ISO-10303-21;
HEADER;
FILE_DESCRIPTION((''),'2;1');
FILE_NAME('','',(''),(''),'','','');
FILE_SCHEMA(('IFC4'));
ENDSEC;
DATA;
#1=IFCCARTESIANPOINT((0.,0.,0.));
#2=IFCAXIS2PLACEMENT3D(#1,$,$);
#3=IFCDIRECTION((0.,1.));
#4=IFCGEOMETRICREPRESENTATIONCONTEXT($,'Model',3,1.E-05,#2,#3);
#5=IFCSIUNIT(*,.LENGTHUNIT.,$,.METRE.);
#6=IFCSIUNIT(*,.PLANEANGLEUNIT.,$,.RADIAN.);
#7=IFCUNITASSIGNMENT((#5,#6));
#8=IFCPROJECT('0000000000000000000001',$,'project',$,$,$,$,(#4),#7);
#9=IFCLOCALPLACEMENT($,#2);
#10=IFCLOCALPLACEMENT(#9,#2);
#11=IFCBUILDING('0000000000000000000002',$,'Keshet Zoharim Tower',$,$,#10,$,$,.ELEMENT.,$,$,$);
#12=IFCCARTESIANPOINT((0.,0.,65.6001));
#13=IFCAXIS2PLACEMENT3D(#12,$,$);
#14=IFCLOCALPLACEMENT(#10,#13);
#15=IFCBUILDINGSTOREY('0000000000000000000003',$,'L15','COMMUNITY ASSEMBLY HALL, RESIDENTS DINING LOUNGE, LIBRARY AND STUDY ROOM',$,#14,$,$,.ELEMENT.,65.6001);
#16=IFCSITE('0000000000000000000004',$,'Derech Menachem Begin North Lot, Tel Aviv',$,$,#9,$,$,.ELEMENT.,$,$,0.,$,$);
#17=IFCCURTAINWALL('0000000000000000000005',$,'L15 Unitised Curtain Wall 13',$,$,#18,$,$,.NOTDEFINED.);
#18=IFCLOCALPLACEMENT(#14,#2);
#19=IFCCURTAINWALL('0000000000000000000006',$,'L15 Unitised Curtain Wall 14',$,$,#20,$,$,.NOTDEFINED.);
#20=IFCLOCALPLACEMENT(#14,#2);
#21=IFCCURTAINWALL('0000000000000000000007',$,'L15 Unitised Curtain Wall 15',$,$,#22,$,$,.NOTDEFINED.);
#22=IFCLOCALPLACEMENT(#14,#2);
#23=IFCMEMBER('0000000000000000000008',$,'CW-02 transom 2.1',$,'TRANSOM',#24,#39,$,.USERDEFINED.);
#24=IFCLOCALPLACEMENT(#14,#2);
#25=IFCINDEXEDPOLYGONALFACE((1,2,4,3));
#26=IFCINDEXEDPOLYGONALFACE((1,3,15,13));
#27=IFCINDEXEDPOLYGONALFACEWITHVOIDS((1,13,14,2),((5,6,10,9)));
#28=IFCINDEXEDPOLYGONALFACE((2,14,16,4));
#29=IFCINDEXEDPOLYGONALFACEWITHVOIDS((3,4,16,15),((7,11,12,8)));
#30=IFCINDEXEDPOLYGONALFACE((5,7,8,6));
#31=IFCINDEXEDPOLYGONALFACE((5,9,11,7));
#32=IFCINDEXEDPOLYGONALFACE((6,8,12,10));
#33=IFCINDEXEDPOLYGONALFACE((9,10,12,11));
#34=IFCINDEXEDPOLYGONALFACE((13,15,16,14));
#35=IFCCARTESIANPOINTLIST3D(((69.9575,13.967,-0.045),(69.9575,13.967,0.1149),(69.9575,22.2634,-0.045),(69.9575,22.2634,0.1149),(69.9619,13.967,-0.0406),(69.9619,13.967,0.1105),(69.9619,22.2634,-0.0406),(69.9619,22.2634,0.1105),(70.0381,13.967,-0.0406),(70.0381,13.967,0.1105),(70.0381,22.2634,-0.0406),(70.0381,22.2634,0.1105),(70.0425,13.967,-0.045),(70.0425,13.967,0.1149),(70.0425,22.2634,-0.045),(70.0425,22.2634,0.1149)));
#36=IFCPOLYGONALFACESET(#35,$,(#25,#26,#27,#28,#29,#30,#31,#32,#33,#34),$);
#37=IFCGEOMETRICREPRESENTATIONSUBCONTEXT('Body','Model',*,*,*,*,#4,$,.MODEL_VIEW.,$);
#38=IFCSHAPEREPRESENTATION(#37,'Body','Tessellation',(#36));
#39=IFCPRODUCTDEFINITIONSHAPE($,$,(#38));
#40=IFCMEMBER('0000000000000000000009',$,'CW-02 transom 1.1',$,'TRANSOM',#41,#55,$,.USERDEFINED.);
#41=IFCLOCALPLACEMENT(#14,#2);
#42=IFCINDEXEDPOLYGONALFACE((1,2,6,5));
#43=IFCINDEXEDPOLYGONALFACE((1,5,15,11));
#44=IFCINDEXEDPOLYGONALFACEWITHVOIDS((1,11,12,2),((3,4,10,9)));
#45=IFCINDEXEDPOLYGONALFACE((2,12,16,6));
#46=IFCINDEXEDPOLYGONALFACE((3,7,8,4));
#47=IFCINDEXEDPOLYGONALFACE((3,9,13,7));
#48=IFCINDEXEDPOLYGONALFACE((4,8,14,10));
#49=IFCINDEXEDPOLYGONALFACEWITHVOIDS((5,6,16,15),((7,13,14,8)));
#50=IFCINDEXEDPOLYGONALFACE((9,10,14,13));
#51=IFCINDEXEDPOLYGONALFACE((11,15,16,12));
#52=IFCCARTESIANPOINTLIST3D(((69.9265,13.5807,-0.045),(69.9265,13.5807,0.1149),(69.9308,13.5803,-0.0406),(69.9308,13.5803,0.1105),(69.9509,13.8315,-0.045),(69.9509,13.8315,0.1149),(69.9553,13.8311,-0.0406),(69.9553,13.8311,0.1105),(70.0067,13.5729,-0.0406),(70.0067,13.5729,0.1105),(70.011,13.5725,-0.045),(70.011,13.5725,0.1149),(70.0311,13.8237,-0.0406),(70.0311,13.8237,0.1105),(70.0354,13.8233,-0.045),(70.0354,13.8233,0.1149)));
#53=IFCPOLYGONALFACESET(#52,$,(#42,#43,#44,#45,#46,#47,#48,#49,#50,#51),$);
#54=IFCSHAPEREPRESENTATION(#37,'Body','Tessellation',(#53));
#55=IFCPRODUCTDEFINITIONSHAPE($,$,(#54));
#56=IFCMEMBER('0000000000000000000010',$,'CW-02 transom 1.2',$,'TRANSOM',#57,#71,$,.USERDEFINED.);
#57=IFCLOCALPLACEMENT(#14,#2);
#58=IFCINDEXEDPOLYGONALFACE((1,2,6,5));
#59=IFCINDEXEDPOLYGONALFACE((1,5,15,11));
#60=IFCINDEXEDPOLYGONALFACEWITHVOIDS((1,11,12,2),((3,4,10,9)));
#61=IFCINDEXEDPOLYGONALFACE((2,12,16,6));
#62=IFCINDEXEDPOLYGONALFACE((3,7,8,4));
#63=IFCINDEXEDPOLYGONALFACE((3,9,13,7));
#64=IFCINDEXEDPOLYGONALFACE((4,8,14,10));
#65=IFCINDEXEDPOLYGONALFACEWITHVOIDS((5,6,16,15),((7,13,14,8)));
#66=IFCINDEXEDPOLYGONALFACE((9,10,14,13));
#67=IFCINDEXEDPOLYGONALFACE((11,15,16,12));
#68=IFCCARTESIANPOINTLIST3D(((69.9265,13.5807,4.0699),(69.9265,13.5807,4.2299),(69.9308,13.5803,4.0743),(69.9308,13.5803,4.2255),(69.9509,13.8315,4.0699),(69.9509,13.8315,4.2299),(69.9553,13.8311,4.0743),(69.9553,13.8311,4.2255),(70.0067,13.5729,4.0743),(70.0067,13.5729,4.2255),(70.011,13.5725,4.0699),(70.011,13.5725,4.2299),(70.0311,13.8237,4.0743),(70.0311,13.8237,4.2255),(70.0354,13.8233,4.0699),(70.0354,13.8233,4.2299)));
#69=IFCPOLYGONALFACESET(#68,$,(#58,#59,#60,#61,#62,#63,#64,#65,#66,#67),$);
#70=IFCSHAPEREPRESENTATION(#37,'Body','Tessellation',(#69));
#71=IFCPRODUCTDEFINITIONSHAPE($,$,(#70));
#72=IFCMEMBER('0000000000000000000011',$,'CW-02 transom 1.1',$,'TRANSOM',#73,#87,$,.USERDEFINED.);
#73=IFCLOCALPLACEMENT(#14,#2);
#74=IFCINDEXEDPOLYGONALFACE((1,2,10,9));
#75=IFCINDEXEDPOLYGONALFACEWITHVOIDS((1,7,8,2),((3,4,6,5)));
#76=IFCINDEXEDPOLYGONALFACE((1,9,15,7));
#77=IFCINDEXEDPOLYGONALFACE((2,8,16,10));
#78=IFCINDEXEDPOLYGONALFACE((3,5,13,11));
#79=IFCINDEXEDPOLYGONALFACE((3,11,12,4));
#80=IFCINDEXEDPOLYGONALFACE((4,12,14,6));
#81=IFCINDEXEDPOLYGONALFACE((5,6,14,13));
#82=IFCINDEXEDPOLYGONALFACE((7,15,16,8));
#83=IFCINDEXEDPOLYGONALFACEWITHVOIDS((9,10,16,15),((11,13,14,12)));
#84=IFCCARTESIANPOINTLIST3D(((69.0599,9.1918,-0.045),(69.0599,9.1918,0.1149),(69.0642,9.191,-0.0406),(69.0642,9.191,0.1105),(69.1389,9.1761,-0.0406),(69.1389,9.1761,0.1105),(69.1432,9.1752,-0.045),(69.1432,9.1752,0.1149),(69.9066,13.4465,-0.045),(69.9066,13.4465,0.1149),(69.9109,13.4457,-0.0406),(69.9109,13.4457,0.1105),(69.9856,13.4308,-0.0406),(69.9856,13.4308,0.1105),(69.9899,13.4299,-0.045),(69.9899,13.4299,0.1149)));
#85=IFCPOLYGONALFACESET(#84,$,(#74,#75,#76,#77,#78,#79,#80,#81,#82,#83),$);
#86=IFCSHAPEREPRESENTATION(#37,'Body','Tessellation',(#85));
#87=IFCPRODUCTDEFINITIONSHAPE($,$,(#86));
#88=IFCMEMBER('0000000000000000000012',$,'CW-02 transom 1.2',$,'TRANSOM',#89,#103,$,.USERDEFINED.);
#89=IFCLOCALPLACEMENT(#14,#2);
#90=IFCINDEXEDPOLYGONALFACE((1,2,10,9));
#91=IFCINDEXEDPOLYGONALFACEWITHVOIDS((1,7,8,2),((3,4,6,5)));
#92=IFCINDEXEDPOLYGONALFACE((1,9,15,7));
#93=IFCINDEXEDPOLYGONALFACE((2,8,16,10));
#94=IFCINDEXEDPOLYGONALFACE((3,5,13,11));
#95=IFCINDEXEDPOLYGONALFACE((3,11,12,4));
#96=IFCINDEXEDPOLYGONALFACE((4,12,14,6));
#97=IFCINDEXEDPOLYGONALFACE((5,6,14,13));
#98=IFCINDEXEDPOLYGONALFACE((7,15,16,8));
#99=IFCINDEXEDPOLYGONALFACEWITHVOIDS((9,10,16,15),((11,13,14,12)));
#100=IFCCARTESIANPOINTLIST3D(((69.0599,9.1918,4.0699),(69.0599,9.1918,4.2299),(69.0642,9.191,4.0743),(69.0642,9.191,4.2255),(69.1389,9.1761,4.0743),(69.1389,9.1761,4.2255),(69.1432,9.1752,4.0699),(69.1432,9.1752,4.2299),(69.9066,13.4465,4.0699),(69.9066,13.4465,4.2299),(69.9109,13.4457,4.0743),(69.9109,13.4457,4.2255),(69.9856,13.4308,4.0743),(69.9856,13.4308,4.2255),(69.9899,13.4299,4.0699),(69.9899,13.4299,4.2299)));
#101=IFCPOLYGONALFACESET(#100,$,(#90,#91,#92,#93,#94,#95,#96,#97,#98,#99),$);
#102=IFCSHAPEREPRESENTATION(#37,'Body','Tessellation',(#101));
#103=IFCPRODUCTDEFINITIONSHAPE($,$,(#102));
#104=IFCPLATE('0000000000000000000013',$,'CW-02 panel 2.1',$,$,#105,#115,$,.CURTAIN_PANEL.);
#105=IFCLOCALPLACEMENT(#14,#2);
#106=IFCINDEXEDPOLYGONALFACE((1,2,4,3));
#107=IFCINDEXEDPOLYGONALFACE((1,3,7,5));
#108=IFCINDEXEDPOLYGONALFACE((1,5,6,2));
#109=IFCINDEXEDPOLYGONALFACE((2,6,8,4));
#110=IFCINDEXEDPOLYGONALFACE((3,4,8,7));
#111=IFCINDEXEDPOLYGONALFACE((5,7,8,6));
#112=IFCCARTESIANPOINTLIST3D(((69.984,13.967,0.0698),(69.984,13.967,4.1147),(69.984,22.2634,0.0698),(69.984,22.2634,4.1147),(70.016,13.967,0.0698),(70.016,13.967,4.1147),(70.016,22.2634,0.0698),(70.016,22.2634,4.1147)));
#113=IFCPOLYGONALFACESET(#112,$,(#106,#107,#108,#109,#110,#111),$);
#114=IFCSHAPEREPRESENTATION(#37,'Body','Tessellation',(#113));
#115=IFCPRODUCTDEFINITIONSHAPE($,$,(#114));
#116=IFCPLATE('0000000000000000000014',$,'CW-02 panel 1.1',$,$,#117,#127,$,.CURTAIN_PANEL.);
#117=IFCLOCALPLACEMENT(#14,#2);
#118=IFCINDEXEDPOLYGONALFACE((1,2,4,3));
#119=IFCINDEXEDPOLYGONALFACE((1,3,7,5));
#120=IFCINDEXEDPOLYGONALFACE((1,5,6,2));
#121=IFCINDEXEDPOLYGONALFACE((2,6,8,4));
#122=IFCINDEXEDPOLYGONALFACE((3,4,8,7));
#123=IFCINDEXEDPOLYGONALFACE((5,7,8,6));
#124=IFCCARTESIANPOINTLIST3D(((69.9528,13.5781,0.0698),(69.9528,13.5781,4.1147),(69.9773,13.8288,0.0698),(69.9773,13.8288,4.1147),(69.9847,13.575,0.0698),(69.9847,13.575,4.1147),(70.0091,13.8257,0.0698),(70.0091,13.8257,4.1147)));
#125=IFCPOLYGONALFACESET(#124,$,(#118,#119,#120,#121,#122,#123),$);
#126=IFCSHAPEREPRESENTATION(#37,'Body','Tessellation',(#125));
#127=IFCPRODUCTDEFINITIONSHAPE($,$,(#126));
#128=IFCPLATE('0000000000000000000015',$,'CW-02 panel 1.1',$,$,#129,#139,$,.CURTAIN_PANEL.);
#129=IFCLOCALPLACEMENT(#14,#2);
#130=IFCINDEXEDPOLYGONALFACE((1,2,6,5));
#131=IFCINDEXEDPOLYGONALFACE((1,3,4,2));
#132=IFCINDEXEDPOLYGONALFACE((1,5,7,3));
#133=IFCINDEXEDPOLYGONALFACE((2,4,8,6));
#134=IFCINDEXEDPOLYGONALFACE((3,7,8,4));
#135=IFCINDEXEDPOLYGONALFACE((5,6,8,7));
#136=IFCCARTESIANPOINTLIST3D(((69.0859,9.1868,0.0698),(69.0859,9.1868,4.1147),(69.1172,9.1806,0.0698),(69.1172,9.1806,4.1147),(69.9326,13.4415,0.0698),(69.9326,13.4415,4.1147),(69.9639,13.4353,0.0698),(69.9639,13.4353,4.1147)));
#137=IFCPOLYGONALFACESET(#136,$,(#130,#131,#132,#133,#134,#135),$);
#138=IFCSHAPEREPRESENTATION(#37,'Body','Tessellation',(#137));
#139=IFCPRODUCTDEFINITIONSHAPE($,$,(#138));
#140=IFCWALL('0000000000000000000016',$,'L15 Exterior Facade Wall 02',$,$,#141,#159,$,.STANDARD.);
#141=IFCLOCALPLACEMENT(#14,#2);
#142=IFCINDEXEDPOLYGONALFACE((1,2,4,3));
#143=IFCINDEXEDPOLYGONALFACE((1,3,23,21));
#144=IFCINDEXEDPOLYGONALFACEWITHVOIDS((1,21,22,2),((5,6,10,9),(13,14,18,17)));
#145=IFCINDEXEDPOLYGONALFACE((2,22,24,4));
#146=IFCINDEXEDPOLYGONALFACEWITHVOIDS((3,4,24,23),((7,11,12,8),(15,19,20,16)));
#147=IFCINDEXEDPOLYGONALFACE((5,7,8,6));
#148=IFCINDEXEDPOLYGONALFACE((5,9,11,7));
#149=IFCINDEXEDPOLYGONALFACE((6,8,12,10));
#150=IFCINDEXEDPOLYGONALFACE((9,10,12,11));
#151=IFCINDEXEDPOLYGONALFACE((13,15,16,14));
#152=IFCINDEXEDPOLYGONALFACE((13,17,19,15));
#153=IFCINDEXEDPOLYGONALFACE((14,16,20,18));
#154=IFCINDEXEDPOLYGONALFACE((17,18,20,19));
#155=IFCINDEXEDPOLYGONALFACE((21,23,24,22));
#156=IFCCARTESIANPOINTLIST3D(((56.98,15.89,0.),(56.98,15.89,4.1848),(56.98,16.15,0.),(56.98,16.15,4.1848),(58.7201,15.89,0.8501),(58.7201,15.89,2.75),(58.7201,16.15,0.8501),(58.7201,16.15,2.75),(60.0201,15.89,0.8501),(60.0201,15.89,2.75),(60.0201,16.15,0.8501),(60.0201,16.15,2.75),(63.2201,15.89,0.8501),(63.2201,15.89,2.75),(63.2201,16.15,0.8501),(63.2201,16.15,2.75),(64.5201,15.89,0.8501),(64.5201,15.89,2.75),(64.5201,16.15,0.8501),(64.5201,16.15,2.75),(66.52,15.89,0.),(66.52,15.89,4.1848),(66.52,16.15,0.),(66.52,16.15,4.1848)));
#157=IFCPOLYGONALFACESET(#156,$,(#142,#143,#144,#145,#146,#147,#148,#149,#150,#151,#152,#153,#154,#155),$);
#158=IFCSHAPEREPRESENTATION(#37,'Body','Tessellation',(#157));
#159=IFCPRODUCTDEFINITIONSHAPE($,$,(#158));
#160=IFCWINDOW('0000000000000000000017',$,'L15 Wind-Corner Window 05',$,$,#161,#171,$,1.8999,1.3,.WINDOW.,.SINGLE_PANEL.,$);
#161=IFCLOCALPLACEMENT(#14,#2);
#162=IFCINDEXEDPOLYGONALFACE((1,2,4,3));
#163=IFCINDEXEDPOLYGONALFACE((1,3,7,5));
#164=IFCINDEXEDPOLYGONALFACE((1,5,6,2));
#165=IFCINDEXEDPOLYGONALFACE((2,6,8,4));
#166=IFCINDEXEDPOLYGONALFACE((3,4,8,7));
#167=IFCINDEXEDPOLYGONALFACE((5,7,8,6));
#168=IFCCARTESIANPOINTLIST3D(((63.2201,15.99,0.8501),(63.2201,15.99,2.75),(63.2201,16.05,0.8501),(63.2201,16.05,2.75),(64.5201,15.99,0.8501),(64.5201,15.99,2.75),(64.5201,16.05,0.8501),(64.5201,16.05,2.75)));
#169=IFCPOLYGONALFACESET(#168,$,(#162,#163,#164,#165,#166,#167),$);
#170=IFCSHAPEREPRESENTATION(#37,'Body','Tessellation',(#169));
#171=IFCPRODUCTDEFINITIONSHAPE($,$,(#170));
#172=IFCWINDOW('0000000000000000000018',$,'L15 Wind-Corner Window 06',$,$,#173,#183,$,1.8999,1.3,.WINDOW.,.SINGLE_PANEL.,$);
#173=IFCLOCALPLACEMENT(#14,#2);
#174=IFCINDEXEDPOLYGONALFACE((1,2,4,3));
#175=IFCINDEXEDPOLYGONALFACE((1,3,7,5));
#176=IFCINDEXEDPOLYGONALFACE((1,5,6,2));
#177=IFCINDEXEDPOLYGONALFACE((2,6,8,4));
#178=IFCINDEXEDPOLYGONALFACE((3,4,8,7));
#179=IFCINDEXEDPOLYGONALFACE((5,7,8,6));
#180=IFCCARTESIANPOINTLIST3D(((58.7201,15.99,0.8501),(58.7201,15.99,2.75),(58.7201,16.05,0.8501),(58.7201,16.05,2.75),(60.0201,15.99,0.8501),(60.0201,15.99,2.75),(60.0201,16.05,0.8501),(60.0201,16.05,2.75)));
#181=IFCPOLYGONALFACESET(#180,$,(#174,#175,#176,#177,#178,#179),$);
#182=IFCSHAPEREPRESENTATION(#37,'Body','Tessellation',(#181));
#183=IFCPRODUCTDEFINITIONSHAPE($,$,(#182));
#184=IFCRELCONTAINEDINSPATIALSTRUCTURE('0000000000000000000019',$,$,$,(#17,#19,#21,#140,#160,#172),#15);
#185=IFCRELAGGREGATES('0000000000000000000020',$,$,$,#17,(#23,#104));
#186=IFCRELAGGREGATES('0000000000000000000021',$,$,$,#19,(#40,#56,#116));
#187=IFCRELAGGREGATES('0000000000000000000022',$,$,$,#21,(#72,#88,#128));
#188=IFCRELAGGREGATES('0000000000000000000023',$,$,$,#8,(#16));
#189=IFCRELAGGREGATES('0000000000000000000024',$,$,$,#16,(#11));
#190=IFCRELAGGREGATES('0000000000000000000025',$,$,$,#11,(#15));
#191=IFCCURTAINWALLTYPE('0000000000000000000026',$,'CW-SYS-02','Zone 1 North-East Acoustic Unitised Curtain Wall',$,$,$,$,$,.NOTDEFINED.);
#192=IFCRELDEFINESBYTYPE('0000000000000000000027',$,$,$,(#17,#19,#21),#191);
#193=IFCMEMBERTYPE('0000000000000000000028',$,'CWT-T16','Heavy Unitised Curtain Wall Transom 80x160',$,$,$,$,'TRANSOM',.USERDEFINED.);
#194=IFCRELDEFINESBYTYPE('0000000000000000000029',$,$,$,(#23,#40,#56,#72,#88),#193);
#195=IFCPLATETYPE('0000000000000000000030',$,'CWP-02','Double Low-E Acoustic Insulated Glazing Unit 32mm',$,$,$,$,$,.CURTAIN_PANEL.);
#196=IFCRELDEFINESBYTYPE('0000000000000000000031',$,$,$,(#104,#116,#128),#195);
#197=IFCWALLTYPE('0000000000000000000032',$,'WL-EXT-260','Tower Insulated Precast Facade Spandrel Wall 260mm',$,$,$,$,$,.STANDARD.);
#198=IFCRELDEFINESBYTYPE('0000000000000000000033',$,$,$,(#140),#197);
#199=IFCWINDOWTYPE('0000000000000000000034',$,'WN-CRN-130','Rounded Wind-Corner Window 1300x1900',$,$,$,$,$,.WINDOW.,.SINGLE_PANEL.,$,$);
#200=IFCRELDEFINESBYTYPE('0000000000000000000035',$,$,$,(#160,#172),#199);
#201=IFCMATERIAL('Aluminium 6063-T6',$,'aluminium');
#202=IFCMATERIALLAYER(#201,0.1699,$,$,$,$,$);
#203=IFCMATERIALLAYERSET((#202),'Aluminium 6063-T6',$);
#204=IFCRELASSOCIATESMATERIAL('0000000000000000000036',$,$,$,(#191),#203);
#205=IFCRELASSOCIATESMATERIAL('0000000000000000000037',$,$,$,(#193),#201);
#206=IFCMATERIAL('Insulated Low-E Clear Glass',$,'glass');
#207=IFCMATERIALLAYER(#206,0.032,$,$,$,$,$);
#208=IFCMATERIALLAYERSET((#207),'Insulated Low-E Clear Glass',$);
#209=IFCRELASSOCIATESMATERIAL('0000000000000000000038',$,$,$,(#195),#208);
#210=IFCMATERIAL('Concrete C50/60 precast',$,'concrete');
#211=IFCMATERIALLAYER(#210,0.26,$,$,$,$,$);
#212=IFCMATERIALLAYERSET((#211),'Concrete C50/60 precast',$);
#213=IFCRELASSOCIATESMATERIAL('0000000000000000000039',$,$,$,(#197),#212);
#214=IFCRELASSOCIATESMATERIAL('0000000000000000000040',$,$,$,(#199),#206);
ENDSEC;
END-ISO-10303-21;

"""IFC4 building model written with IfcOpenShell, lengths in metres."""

from ifc_helpers import new_model, si_unit, direction, frame, frame_2d, origin, origin_2d, place, context, subcontext, project, spatial, rectangle, hollow_rectangle, extrude, material, layer, layer_set, material_profile, profile_set, type_object, element, fill, aggregate, save


model = new_model("IFC4")

# Units and contexts
model_context = context("Model", 3, precision=1e-05, world=origin(), true_north=direction((0.0, 1.0)))
body_context = subcontext(model_context, "Body", "Model", "MODEL_VIEW")
ifc_project = project(units=[si_unit("LENGTHUNIT", "METRE"), si_unit("PLANEANGLEUNIT", "RADIAN")], contexts=[model_context])

# Site, building, storey
site_placement = place(None, origin())
site = spatial("IfcSite", under=ifc_project, at=site_placement, Name="Derech Menachem Begin North Lot, Tel Aviv", CompositionType="ELEMENT", RefElevation=0.0)
building_placement = place(site_placement, origin())
building = spatial("IfcBuilding", under=site, at=building_placement, Name="Keshet Zoharim Tower", CompositionType="ELEMENT")
storey_placement = place(building_placement, frame((0.0, 0.0, 65.6001)))
storey = spatial("IfcBuildingStorey", under=building, at=storey_placement, Name="L15", Description="COMMUNITY ASSEMBLY HALL, RESIDENTS DINING LOUNGE, LIBRARY AND STUDY ROOM", CompositionType="ELEMENT", Elevation=65.6001)

# Curtain wall
ifc_material_1 = material(Name="Aluminium 6063-T6", Category="aluminium")
ifc_layer_1 = layer(ifc_material_1, 0.1699)
ifc_layer_set_1 = layer_set([ifc_layer_1], Name="Aluminium 6063-T6")
curtain_wall_type = type_object("IfcCurtainWallType", Name="CW-SYS-02", Description="Zone 1 North-East Acoustic Unitised Curtain Wall", PredefinedType="NOTDEFINED", material=ifc_layer_set_1)
curtain_wall_1_placement = place(storey_placement, origin())
curtain_wall_1 = element("IfcCurtainWall", 1, at=curtain_wall_1_placement, inside=storey, type_object=curtain_wall_type, Name="L15 Unitised Curtain Wall 13", PredefinedType="NOTDEFINED")

# Curtain walls
curtain_wall_2_placement = place(storey_placement, origin())
curtain_wall_2 = element("IfcCurtainWall", 2, at=curtain_wall_2_placement, inside=storey, type_object=curtain_wall_type, Name="L15 Unitised Curtain Wall 14", PredefinedType="NOTDEFINED")
curtain_wall_3_placement = place(storey_placement, origin())
curtain_wall_3 = element("IfcCurtainWall", 3, at=curtain_wall_3_placement, inside=storey, type_object=curtain_wall_type, Name="L15 Unitised Curtain Wall 15", PredefinedType="NOTDEFINED")

# Members
ifc_material_profile_1 = material_profile(ifc_material_1, hollow_rectangle(XDim=0.085, YDim=0.1599, WallThickness=0.0044, at=origin_2d()), Name="TRN-85x160")
ifc_profile_set_1 = profile_set([ifc_material_profile_1], Name="Aluminium 6063-T6")
member_type_1 = type_object("IfcMemberType", Name="CWT-T16", Description="Heavy Unitised Curtain Wall Transom 80x160", ElementType="TRANSOM", PredefinedType="USERDEFINED", material=ifc_profile_set_1)
member_1_placement = place(storey_placement, frame((70.0, 22.2634, 0.0349), z_axis=(0.0, -1.0, 0.0), x_axis=(1.0, 0.0, 0.0)))
member_1 = element("IfcMember", 4, at=member_1_placement, type_object=member_type_1, Name="CW-02 transom 2.1", ObjectType="TRANSOM", PredefinedType="USERDEFINED", context=body_context, shape_type="SweptSolid", body=[
    extrude(hollow_rectangle(XDim=0.085, YDim=0.1599, WallThickness=0.0044, at=origin_2d()), origin(), (0.0, 0.0, 1.0), 8.2964),
])
member_2_placement = place(storey_placement, frame((69.9932, 13.8274, 0.0349), z_axis=(-0.096913, -0.995293, 0.0), x_axis=(0.995293, -0.096913, 0.0)))
member_2 = element("IfcMember", 5, at=member_2_placement, type_object=member_type_1, Name="CW-02 transom 1.1", ObjectType="TRANSOM", PredefinedType="USERDEFINED", context=body_context, shape_type="SweptSolid", body=[
    extrude(hollow_rectangle(XDim=0.085, YDim=0.1599, WallThickness=0.0044, at=origin_2d()), origin(), (0.0, 0.0, 1.0), 0.252),
])
member_3_placement = place(storey_placement, frame((69.9932, 13.8274, 4.1499), z_axis=(-0.096913, -0.995293, 0.0), x_axis=(0.995293, -0.096913, 0.0)))
member_3 = element("IfcMember", 6, at=member_3_placement, type_object=member_type_1, Name="CW-02 transom 1.2", ObjectType="TRANSOM", PredefinedType="USERDEFINED", context=body_context, shape_type="SweptSolid", body=[
    extrude(hollow_rectangle(XDim=0.085, YDim=0.1599, WallThickness=0.0044, at=origin_2d()), origin(), (0.0, 0.0, 1.0), 0.252),
])
member_4_placement = place(storey_placement, frame((69.9482, 13.4382, 0.0349), z_axis=(-0.195174, -0.980769, 0.0), x_axis=(0.980769, -0.195174, 0.0)))
member_4 = element("IfcMember", 7, at=member_4_placement, type_object=member_type_1, Name="CW-02 transom 1.1", ObjectType="TRANSOM", PredefinedType="USERDEFINED", context=body_context, shape_type="SweptSolid", body=[
    extrude(hollow_rectangle(XDim=0.085, YDim=0.1599, WallThickness=0.0044, at=origin_2d()), origin(), (0.0, 0.0, 1.0), 4.3381),
])
member_5_placement = place(storey_placement, frame((69.9482, 13.4382, 4.1499), z_axis=(-0.195174, -0.980769, 0.0), x_axis=(0.980769, -0.195174, 0.0)))
member_5 = element("IfcMember", 8, at=member_5_placement, type_object=member_type_1, Name="CW-02 transom 1.2", ObjectType="TRANSOM", PredefinedType="USERDEFINED", context=body_context, shape_type="SweptSolid", body=[
    extrude(hollow_rectangle(XDim=0.085, YDim=0.1599, WallThickness=0.0044, at=origin_2d()), origin(), (0.0, 0.0, 1.0), 4.3381),
])

# Plates
ifc_material_2 = material(Name="Insulated Low-E Clear Glass", Category="glass")
ifc_layer_2 = layer(ifc_material_2, 0.032)
ifc_layer_set_2 = layer_set([ifc_layer_2], Name="Insulated Low-E Clear Glass")
plate_type = type_object("IfcPlateType", Name="CWP-02", Description="Double Low-E Acoustic Insulated Glazing Unit 32mm", PredefinedType="CURTAIN_PANEL", material=ifc_layer_set_2)
plate_1_placement = place(storey_placement, frame((70.0, 18.1152, 0.0698), z_axis=(0.0, 0.0, 1.0), x_axis=(0.0, -1.0, 0.0)))
plate_1 = element("IfcPlate", 9, at=plate_1_placement, type_object=plate_type, Name="CW-02 panel 2.1", PredefinedType="CURTAIN_PANEL", context=body_context, shape_type="SweptSolid", body=[
    extrude(rectangle(XDim=8.2964, YDim=0.032, at=origin_2d()), origin(), (0.0, 0.0, 1.0), 4.0449),
])
aggregate(curtain_wall_1, [member_1, plate_1])
plate_2_placement = place(storey_placement, frame((69.981, 13.7019, 0.0698), z_axis=(0.0, 0.0, 1.0), x_axis=(-0.096977, -0.995287, 0.0)))
plate_2 = element("IfcPlate", 10, at=plate_2_placement, type_object=plate_type, Name="CW-02 panel 1.1", PredefinedType="CURTAIN_PANEL", context=body_context, shape_type="SweptSolid", body=[
    extrude(rectangle(XDim=0.252, YDim=0.032, at=origin_2d()), origin(), (0.0, 0.0, 1.0), 4.0449),
])
aggregate(curtain_wall_2, [member_2, member_3, plate_2])
plate_3_placement = place(storey_placement, frame((69.5249, 11.311, 0.0698), z_axis=(0.0, 0.0, 1.0), x_axis=(-0.195171, -0.980769, 0.0)))
plate_3 = element("IfcPlate", 11, at=plate_3_placement, type_object=plate_type, Name="CW-02 panel 1.1", PredefinedType="CURTAIN_PANEL", context=body_context, shape_type="SweptSolid", body=[
    extrude(rectangle(XDim=4.3381, YDim=0.032, at=origin_2d()), origin(), (0.0, 0.0, 1.0), 4.0449),
])
aggregate(curtain_wall_3, [member_4, member_5, plate_3])

# Wall, openings, windows
ifc_material_3 = material(Name="Concrete C50/60 precast", Category="concrete")
ifc_layer_3 = layer(ifc_material_3, 0.26)
ifc_layer_set_3 = layer_set([ifc_layer_3], Name="Concrete C50/60 precast")
wall_type = type_object("IfcWallType", Name="WL-EXT-260", Description="Tower Insulated Precast Facade Spandrel Wall 260mm", PredefinedType="STANDARD", material=ifc_layer_set_3)
wall_placement = place(storey_placement, frame((66.52, 16.02, 0.0), z_axis=(0.0, 0.0, 1.0), x_axis=(-1.0, 0.0, 0.0)))
wall = element("IfcWall", 12, at=wall_placement, inside=storey, type_object=wall_type, Name="L15 Exterior Facade Wall 02", PredefinedType="STANDARD", context=body_context, shape_type="SweptSolid", body=[
    extrude(rectangle(XDim=9.54, YDim=0.26, at=frame_2d((4.77, 0.0))), origin(), (0.0, 0.0, 1.0), 4.1848),
])
opening_1_placement = place(wall_placement, frame((2.0, 0.0, 0.8501)))
opening_1 = element("IfcOpeningElement", 13, at=opening_1_placement, cuts=wall, PredefinedType="OPENING", context=body_context, shape_type="SweptSolid", body=[
    extrude(rectangle(XDim=1.3, YDim=1.8999, at=frame_2d((0.6499, 0.95))), frame((0.0, 0.1401, 0.0), z_axis=(0.0, -1.0, 0.0), x_axis=(1.0, 0.0, 0.0)), (0.0, 0.0, 1.0), 0.28),
])
opening_2_placement = place(wall_placement, frame((6.5, 0.0, 0.8501)))
opening_2 = element("IfcOpeningElement", 14, at=opening_2_placement, cuts=wall, PredefinedType="OPENING", context=body_context, shape_type="SweptSolid", body=[
    extrude(rectangle(XDim=1.3, YDim=1.8999, at=frame_2d((0.6499, 0.95))), frame((0.0, 0.1401, 0.0), z_axis=(0.0, -1.0, 0.0), x_axis=(1.0, 0.0, 0.0)), (0.0, 0.0, 1.0), 0.28),
])
window_type = type_object("IfcWindowType", Name="WN-CRN-130", Description="Rounded Wind-Corner Window 1300x1900", PartitioningType="SINGLE_PANEL", PredefinedType="WINDOW", material=ifc_material_2)
window_1_placement = place(opening_1_placement, origin())
window_1 = element("IfcWindow", 15, at=window_1_placement, inside=storey, type_object=window_type, Name="L15 Wind-Corner Window 05", OverallHeight=1.8999, OverallWidth=1.3, PartitioningType="SINGLE_PANEL", PredefinedType="WINDOW", context=body_context, shape_type="SweptSolid", body=[
    extrude(rectangle(XDim=1.3, YDim=1.8999, at=frame_2d((0.6499, 0.95))), frame((0.0, 0.03, 0.0), z_axis=(0.0, -1.0, 0.0), x_axis=(1.0, 0.0, 0.0)), (0.0, 0.0, 1.0), 0.0601),
])
fill(opening_1, window_1)
window_2_placement = place(opening_2_placement, origin())
window_2 = element("IfcWindow", 16, at=window_2_placement, inside=storey, type_object=window_type, Name="L15 Wind-Corner Window 06", OverallHeight=1.8999, OverallWidth=1.3, PartitioningType="SINGLE_PANEL", PredefinedType="WINDOW", context=body_context, shape_type="SweptSolid", body=[
    extrude(rectangle(XDim=1.3, YDim=1.8999, at=frame_2d((0.6499, 0.95))), frame((0.0, 0.03, 0.0), z_axis=(0.0, -1.0, 0.0), x_axis=(1.0, 0.0, 0.0)), (0.0, 0.0, 1.0), 0.0601),
])
fill(opening_2, window_2)

save(model, "model.ifc")
